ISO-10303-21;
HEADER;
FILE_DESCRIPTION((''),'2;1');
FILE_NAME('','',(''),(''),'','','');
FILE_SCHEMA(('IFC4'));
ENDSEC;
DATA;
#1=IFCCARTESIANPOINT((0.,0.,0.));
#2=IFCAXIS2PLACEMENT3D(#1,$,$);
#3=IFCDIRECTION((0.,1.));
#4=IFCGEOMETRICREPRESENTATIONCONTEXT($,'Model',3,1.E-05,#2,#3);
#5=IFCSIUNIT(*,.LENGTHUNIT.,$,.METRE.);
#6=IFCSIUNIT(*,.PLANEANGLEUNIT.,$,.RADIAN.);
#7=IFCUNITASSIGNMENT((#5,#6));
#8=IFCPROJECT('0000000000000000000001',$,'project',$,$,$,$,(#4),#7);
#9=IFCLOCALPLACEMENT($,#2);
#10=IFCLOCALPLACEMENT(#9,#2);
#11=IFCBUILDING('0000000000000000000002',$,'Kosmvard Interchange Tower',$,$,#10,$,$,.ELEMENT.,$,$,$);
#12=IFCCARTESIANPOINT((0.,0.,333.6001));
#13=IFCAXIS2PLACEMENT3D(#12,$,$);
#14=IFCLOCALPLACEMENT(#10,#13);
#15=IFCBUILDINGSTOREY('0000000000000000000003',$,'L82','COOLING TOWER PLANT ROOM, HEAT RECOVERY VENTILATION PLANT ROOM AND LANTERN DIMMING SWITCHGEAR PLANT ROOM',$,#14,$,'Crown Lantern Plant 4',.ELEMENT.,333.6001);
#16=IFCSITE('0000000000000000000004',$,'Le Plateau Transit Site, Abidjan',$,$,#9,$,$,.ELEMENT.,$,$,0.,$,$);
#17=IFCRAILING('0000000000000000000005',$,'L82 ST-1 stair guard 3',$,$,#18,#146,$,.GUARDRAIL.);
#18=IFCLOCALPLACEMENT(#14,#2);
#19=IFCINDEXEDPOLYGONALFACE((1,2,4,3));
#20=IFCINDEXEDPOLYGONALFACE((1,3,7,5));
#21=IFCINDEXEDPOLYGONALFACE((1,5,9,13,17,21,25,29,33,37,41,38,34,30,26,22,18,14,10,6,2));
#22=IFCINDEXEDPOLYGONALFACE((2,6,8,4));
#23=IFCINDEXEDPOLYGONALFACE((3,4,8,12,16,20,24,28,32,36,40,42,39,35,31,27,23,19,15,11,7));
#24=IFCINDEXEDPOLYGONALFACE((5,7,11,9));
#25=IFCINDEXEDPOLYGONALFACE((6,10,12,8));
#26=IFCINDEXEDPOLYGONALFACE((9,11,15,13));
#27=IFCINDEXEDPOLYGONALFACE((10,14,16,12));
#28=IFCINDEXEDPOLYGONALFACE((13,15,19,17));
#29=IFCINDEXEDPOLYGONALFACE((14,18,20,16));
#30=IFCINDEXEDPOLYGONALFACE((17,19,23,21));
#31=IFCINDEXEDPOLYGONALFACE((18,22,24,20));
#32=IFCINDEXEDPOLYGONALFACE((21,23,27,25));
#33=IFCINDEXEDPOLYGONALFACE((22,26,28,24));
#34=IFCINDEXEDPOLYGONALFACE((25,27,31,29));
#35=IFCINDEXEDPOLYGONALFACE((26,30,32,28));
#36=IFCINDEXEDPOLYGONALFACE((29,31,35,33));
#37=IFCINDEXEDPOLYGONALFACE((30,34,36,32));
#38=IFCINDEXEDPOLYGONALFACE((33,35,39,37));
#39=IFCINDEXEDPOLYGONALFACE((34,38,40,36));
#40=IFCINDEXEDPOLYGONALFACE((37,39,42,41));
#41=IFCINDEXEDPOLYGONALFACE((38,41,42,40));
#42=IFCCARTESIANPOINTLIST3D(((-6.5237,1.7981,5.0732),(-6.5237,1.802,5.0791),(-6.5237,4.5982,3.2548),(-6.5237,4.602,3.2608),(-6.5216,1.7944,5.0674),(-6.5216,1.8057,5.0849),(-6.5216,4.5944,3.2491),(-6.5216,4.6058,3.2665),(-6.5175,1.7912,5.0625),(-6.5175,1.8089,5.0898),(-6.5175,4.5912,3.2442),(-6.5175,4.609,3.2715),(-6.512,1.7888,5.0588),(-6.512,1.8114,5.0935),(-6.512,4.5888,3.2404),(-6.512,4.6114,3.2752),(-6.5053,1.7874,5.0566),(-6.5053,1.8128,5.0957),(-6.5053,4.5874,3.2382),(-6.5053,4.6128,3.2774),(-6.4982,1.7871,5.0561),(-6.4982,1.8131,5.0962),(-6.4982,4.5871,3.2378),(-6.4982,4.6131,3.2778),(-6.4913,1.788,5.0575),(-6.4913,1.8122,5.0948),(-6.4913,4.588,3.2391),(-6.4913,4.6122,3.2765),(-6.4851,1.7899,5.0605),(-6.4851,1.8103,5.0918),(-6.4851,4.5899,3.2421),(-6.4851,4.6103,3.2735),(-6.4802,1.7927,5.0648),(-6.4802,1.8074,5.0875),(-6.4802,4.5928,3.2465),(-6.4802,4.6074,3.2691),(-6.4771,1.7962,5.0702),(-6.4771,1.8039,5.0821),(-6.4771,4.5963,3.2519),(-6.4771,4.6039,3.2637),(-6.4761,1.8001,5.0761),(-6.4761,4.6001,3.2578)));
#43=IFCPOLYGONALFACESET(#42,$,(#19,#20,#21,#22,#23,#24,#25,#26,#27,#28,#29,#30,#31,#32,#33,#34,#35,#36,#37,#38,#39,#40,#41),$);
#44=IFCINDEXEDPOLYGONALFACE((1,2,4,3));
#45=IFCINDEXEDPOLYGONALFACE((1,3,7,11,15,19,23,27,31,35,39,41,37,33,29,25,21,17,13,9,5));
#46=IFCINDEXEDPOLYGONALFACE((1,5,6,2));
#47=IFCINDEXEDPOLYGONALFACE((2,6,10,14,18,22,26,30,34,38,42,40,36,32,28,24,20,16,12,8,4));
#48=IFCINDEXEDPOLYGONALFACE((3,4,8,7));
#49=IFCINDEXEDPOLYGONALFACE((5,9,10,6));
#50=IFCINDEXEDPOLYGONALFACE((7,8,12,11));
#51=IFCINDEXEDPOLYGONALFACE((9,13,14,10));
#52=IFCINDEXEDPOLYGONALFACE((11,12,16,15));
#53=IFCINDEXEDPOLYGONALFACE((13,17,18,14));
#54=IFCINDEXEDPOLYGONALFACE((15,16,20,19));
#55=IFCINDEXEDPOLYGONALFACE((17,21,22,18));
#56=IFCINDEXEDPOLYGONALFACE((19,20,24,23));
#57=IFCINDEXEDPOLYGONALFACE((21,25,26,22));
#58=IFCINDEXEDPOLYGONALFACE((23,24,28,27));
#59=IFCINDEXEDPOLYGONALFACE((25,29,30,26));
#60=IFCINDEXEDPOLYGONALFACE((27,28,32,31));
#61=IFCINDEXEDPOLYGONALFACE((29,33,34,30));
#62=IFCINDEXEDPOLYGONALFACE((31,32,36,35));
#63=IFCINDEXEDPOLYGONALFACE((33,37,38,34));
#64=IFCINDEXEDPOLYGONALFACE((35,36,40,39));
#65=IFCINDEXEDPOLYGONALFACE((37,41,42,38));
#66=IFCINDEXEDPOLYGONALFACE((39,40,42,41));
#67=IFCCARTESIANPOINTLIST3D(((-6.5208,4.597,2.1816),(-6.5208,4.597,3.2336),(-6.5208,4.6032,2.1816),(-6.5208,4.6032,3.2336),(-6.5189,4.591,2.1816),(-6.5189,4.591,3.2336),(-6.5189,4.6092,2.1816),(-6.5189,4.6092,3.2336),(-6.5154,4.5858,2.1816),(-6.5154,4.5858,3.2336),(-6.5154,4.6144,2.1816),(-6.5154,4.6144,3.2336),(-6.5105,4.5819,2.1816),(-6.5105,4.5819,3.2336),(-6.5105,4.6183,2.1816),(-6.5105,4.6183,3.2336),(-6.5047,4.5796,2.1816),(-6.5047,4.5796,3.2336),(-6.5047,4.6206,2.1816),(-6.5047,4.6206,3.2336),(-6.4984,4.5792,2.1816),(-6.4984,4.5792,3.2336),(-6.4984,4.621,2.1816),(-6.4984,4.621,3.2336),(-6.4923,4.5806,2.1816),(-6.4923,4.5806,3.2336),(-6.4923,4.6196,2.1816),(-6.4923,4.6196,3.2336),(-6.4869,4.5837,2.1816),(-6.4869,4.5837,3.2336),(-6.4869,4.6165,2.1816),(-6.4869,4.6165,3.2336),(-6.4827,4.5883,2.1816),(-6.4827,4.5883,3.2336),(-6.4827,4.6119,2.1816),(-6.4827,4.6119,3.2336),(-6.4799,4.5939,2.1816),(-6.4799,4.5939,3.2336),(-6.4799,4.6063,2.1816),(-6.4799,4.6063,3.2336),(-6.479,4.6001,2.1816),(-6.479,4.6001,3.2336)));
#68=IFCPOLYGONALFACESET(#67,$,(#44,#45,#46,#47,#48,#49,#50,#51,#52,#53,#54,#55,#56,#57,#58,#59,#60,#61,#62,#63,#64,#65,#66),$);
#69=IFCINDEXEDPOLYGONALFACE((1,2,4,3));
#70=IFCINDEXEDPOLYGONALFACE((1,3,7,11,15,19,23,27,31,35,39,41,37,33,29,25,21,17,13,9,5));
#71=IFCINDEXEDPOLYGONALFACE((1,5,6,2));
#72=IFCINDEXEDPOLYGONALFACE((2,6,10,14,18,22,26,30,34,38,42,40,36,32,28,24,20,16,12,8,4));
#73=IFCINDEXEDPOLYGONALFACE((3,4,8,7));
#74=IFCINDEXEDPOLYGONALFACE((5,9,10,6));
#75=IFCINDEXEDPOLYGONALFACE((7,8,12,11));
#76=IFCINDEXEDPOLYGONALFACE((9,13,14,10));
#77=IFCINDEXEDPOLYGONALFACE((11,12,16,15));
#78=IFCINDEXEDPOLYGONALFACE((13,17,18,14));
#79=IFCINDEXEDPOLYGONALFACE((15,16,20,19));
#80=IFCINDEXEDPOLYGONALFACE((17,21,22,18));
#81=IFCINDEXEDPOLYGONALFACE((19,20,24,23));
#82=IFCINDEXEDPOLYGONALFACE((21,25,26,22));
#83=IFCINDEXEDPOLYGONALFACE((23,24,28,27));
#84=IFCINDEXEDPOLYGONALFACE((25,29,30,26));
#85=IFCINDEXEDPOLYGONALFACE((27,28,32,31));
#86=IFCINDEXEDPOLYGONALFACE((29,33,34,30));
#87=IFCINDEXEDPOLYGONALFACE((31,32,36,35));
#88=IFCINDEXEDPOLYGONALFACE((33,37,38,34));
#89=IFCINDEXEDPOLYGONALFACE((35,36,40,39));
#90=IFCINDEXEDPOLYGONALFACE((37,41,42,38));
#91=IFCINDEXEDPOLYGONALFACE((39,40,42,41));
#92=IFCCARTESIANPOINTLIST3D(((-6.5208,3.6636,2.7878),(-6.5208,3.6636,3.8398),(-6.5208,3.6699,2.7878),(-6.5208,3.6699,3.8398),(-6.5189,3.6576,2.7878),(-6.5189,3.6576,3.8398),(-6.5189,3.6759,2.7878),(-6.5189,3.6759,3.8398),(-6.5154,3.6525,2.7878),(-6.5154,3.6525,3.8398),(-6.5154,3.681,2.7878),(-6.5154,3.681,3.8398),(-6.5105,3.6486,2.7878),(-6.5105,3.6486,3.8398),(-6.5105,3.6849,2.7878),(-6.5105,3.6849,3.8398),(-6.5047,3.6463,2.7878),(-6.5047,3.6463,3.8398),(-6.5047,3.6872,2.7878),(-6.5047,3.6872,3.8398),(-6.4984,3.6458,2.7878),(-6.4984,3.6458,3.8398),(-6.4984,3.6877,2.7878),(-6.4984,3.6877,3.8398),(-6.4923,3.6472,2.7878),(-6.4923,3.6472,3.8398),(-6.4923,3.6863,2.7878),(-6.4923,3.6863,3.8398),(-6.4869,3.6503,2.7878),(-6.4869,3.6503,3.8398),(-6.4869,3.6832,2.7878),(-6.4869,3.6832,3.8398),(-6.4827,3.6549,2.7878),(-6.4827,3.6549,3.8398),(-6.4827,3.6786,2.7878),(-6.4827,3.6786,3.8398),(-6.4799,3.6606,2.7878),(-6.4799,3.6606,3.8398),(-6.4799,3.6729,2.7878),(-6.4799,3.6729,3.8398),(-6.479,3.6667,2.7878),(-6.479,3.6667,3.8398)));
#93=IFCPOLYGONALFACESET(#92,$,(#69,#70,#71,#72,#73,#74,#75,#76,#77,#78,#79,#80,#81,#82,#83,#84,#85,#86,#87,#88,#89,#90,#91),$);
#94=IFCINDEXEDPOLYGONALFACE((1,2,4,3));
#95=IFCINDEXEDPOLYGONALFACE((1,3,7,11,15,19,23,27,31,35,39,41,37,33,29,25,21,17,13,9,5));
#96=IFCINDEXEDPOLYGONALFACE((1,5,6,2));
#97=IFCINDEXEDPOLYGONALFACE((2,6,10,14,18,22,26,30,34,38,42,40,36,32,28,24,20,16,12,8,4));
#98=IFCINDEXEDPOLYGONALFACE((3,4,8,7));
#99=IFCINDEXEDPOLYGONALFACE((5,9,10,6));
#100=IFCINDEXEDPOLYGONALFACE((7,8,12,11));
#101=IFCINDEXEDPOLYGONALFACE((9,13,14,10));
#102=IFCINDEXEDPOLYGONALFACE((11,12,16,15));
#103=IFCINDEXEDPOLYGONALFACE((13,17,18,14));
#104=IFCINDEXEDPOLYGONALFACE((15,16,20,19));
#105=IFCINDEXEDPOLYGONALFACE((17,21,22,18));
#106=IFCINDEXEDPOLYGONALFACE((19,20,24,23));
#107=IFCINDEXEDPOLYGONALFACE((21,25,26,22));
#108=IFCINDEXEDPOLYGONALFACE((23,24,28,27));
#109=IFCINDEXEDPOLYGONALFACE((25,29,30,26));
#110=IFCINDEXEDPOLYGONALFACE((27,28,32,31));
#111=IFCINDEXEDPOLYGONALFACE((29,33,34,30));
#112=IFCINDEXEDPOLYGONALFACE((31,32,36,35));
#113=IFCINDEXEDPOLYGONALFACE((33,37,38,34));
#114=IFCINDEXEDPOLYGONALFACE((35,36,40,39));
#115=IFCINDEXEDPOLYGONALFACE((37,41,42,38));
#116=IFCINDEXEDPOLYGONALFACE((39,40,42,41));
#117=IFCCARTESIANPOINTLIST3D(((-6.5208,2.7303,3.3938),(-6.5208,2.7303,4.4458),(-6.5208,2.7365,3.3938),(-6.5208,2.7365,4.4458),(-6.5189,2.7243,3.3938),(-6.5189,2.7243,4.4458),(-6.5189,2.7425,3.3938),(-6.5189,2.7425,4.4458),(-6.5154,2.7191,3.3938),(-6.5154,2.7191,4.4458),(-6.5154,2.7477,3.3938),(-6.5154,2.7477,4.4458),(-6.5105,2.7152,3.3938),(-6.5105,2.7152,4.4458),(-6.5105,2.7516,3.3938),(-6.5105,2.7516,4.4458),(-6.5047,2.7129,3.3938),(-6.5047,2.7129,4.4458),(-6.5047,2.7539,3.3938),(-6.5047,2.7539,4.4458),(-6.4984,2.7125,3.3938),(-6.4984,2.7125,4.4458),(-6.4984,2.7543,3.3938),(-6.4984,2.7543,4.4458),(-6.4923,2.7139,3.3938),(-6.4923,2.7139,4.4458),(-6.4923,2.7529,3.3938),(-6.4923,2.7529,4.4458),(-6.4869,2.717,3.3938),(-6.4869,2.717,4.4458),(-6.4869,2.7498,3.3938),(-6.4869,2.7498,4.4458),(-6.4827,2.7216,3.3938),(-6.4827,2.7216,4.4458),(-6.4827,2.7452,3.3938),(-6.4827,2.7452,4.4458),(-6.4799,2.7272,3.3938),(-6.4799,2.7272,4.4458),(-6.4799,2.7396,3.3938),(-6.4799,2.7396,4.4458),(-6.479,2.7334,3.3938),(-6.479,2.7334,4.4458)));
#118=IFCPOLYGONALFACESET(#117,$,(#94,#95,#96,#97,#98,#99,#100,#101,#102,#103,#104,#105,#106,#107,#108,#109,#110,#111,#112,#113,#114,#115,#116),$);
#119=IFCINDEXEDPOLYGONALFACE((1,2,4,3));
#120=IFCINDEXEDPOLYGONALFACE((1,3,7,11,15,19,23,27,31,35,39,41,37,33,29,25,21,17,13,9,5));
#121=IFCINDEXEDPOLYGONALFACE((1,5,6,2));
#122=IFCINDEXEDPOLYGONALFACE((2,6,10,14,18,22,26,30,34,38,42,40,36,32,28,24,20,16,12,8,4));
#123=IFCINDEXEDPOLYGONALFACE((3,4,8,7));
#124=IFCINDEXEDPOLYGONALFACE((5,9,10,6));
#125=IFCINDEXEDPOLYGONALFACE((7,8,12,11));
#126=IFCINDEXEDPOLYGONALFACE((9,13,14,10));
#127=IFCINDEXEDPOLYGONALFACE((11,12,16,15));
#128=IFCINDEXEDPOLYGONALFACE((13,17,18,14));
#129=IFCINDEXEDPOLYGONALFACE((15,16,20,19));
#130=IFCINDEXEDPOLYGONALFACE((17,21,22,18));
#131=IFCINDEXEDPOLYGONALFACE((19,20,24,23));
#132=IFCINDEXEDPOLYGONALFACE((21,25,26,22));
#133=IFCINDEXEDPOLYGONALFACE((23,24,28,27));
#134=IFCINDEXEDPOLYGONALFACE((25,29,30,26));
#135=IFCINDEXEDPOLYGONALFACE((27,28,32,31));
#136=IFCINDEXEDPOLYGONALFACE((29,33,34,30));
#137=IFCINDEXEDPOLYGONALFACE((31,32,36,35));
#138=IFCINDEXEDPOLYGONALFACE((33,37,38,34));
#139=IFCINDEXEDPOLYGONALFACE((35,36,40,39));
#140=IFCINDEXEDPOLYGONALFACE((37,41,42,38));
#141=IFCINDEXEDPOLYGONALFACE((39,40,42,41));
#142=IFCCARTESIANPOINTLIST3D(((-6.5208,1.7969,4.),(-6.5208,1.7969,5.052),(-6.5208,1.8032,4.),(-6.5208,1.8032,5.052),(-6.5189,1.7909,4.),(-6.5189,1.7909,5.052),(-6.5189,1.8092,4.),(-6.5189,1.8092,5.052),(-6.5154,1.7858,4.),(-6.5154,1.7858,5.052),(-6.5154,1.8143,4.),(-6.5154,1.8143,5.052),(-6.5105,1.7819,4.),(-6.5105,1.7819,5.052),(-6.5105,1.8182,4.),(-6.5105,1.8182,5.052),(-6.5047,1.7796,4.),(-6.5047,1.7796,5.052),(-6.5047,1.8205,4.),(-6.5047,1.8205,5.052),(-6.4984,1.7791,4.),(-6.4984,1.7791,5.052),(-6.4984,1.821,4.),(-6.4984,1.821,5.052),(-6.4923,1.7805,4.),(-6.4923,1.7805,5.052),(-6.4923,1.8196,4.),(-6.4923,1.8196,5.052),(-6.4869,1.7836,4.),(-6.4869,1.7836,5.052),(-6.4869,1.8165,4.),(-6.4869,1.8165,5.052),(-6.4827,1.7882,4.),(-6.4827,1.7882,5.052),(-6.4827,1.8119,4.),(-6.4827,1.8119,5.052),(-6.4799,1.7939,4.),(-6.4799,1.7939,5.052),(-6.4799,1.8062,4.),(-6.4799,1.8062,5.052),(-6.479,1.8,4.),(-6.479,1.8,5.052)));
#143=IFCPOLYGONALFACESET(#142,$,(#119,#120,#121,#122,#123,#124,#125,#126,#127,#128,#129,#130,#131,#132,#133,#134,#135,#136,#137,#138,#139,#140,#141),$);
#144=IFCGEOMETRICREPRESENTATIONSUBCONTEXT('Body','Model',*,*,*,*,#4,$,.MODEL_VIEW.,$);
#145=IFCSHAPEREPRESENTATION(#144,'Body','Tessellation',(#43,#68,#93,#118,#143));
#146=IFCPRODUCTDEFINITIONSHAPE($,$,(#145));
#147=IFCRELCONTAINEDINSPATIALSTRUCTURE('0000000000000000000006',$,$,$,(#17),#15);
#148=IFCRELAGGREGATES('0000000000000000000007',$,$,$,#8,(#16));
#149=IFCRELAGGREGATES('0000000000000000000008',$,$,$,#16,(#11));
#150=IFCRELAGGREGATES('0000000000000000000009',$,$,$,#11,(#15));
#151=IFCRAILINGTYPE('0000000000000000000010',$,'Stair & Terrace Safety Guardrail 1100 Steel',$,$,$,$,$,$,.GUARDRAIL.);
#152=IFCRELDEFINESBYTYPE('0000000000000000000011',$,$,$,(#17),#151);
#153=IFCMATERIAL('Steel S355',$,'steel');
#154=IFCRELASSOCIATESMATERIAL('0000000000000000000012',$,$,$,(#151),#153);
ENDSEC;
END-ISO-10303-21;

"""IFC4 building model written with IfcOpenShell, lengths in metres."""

from ifc_helpers import new_model, si_unit, direction, frame, origin, origin_2d, place, context, subcontext, project, spatial, circle, extrude, source, transform, mapped, material, type_object, element, save


model = new_model("IFC4")

# Units and contexts
model_context = context("Model", 3, precision=1e-05, world=origin(), true_north=direction((0.0, 1.0)))
body_context = subcontext(model_context, "Body", "Model", "MODEL_VIEW")
ifc_project = project(units=[si_unit("LENGTHUNIT", "METRE"), si_unit("PLANEANGLEUNIT", "RADIAN")], contexts=[model_context])

# Site, building, storey
site_placement = place(None, origin())
site = spatial("IfcSite", under=ifc_project, at=site_placement, Name="Le Plateau Transit Site, Abidjan", CompositionType="ELEMENT", RefElevation=0.0)
building_placement = place(site_placement, origin())
building = spatial("IfcBuilding", under=site, at=building_placement, Name="Kosmvard Interchange Tower", CompositionType="ELEMENT")
storey_placement = place(building_placement, frame((0.0, 0.0, 333.6001)))
storey = spatial("IfcBuildingStorey", under=building, at=storey_placement, Name="L82", Description="COOLING TOWER PLANT ROOM, HEAT RECOVERY VENTILATION PLANT ROOM AND LANTERN DIMMING SWITCHGEAR PLANT ROOM", LongName="Crown Lantern Plant 4", CompositionType="ELEMENT", Elevation=333.6001)

# Shared definitions
ifc_material_1 = material(Name="Steel S355", Category="steel")

# Railing
railing_type_1 = type_object("IfcRailingType", Name="Stair & Terrace Safety Guardrail 1100 Steel", PredefinedType="GUARDRAIL", material=ifc_material_1)
shared_shape_1 = source(origin(), body_context, "Body", "SweptSolid", [
    extrude(circle(Radius=0.0239, at=origin_2d()), frame((0.0, 0.0, 1.0762), z_axis=(0.0, -0.838672, 0.544636), x_axis=(1.0, 0.0, 0.0)), (0.0, 0.0, 1.0), 3.3386),
    extrude(circle(Radius=0.021, at=origin_2d()), origin(), (0.0, 0.0, 1.0), 1.052),
    extrude(circle(Radius=0.021, at=origin_2d()), frame((0.0, -0.9333, 0.6062)), (0.0, 0.0, 1.0), 1.052),
    extrude(circle(Radius=0.021, at=origin_2d()), frame((0.0, -1.8667, 1.2122)), (0.0, 0.0, 1.0), 1.052),
    extrude(circle(Radius=0.021, at=origin_2d()), frame((0.0, -2.8, 1.8184)), (0.0, 0.0, 1.0), 1.052),
])
railing_1_placement = place(storey_placement, frame((-6.5, 4.6001, 2.1816)))
element("IfcRailing", 1, at=railing_1_placement, inside=storey, type_object=railing_type_1, Name="L82 ST-1 stair guard 3", PredefinedType="GUARDRAIL", context=body_context, shape_type="MappedRepresentation", body=[
    mapped(shared_shape_1, transform((0.0, 0.0, 0.0), scale=1.0)),
])

save(model, "model.ifc")
